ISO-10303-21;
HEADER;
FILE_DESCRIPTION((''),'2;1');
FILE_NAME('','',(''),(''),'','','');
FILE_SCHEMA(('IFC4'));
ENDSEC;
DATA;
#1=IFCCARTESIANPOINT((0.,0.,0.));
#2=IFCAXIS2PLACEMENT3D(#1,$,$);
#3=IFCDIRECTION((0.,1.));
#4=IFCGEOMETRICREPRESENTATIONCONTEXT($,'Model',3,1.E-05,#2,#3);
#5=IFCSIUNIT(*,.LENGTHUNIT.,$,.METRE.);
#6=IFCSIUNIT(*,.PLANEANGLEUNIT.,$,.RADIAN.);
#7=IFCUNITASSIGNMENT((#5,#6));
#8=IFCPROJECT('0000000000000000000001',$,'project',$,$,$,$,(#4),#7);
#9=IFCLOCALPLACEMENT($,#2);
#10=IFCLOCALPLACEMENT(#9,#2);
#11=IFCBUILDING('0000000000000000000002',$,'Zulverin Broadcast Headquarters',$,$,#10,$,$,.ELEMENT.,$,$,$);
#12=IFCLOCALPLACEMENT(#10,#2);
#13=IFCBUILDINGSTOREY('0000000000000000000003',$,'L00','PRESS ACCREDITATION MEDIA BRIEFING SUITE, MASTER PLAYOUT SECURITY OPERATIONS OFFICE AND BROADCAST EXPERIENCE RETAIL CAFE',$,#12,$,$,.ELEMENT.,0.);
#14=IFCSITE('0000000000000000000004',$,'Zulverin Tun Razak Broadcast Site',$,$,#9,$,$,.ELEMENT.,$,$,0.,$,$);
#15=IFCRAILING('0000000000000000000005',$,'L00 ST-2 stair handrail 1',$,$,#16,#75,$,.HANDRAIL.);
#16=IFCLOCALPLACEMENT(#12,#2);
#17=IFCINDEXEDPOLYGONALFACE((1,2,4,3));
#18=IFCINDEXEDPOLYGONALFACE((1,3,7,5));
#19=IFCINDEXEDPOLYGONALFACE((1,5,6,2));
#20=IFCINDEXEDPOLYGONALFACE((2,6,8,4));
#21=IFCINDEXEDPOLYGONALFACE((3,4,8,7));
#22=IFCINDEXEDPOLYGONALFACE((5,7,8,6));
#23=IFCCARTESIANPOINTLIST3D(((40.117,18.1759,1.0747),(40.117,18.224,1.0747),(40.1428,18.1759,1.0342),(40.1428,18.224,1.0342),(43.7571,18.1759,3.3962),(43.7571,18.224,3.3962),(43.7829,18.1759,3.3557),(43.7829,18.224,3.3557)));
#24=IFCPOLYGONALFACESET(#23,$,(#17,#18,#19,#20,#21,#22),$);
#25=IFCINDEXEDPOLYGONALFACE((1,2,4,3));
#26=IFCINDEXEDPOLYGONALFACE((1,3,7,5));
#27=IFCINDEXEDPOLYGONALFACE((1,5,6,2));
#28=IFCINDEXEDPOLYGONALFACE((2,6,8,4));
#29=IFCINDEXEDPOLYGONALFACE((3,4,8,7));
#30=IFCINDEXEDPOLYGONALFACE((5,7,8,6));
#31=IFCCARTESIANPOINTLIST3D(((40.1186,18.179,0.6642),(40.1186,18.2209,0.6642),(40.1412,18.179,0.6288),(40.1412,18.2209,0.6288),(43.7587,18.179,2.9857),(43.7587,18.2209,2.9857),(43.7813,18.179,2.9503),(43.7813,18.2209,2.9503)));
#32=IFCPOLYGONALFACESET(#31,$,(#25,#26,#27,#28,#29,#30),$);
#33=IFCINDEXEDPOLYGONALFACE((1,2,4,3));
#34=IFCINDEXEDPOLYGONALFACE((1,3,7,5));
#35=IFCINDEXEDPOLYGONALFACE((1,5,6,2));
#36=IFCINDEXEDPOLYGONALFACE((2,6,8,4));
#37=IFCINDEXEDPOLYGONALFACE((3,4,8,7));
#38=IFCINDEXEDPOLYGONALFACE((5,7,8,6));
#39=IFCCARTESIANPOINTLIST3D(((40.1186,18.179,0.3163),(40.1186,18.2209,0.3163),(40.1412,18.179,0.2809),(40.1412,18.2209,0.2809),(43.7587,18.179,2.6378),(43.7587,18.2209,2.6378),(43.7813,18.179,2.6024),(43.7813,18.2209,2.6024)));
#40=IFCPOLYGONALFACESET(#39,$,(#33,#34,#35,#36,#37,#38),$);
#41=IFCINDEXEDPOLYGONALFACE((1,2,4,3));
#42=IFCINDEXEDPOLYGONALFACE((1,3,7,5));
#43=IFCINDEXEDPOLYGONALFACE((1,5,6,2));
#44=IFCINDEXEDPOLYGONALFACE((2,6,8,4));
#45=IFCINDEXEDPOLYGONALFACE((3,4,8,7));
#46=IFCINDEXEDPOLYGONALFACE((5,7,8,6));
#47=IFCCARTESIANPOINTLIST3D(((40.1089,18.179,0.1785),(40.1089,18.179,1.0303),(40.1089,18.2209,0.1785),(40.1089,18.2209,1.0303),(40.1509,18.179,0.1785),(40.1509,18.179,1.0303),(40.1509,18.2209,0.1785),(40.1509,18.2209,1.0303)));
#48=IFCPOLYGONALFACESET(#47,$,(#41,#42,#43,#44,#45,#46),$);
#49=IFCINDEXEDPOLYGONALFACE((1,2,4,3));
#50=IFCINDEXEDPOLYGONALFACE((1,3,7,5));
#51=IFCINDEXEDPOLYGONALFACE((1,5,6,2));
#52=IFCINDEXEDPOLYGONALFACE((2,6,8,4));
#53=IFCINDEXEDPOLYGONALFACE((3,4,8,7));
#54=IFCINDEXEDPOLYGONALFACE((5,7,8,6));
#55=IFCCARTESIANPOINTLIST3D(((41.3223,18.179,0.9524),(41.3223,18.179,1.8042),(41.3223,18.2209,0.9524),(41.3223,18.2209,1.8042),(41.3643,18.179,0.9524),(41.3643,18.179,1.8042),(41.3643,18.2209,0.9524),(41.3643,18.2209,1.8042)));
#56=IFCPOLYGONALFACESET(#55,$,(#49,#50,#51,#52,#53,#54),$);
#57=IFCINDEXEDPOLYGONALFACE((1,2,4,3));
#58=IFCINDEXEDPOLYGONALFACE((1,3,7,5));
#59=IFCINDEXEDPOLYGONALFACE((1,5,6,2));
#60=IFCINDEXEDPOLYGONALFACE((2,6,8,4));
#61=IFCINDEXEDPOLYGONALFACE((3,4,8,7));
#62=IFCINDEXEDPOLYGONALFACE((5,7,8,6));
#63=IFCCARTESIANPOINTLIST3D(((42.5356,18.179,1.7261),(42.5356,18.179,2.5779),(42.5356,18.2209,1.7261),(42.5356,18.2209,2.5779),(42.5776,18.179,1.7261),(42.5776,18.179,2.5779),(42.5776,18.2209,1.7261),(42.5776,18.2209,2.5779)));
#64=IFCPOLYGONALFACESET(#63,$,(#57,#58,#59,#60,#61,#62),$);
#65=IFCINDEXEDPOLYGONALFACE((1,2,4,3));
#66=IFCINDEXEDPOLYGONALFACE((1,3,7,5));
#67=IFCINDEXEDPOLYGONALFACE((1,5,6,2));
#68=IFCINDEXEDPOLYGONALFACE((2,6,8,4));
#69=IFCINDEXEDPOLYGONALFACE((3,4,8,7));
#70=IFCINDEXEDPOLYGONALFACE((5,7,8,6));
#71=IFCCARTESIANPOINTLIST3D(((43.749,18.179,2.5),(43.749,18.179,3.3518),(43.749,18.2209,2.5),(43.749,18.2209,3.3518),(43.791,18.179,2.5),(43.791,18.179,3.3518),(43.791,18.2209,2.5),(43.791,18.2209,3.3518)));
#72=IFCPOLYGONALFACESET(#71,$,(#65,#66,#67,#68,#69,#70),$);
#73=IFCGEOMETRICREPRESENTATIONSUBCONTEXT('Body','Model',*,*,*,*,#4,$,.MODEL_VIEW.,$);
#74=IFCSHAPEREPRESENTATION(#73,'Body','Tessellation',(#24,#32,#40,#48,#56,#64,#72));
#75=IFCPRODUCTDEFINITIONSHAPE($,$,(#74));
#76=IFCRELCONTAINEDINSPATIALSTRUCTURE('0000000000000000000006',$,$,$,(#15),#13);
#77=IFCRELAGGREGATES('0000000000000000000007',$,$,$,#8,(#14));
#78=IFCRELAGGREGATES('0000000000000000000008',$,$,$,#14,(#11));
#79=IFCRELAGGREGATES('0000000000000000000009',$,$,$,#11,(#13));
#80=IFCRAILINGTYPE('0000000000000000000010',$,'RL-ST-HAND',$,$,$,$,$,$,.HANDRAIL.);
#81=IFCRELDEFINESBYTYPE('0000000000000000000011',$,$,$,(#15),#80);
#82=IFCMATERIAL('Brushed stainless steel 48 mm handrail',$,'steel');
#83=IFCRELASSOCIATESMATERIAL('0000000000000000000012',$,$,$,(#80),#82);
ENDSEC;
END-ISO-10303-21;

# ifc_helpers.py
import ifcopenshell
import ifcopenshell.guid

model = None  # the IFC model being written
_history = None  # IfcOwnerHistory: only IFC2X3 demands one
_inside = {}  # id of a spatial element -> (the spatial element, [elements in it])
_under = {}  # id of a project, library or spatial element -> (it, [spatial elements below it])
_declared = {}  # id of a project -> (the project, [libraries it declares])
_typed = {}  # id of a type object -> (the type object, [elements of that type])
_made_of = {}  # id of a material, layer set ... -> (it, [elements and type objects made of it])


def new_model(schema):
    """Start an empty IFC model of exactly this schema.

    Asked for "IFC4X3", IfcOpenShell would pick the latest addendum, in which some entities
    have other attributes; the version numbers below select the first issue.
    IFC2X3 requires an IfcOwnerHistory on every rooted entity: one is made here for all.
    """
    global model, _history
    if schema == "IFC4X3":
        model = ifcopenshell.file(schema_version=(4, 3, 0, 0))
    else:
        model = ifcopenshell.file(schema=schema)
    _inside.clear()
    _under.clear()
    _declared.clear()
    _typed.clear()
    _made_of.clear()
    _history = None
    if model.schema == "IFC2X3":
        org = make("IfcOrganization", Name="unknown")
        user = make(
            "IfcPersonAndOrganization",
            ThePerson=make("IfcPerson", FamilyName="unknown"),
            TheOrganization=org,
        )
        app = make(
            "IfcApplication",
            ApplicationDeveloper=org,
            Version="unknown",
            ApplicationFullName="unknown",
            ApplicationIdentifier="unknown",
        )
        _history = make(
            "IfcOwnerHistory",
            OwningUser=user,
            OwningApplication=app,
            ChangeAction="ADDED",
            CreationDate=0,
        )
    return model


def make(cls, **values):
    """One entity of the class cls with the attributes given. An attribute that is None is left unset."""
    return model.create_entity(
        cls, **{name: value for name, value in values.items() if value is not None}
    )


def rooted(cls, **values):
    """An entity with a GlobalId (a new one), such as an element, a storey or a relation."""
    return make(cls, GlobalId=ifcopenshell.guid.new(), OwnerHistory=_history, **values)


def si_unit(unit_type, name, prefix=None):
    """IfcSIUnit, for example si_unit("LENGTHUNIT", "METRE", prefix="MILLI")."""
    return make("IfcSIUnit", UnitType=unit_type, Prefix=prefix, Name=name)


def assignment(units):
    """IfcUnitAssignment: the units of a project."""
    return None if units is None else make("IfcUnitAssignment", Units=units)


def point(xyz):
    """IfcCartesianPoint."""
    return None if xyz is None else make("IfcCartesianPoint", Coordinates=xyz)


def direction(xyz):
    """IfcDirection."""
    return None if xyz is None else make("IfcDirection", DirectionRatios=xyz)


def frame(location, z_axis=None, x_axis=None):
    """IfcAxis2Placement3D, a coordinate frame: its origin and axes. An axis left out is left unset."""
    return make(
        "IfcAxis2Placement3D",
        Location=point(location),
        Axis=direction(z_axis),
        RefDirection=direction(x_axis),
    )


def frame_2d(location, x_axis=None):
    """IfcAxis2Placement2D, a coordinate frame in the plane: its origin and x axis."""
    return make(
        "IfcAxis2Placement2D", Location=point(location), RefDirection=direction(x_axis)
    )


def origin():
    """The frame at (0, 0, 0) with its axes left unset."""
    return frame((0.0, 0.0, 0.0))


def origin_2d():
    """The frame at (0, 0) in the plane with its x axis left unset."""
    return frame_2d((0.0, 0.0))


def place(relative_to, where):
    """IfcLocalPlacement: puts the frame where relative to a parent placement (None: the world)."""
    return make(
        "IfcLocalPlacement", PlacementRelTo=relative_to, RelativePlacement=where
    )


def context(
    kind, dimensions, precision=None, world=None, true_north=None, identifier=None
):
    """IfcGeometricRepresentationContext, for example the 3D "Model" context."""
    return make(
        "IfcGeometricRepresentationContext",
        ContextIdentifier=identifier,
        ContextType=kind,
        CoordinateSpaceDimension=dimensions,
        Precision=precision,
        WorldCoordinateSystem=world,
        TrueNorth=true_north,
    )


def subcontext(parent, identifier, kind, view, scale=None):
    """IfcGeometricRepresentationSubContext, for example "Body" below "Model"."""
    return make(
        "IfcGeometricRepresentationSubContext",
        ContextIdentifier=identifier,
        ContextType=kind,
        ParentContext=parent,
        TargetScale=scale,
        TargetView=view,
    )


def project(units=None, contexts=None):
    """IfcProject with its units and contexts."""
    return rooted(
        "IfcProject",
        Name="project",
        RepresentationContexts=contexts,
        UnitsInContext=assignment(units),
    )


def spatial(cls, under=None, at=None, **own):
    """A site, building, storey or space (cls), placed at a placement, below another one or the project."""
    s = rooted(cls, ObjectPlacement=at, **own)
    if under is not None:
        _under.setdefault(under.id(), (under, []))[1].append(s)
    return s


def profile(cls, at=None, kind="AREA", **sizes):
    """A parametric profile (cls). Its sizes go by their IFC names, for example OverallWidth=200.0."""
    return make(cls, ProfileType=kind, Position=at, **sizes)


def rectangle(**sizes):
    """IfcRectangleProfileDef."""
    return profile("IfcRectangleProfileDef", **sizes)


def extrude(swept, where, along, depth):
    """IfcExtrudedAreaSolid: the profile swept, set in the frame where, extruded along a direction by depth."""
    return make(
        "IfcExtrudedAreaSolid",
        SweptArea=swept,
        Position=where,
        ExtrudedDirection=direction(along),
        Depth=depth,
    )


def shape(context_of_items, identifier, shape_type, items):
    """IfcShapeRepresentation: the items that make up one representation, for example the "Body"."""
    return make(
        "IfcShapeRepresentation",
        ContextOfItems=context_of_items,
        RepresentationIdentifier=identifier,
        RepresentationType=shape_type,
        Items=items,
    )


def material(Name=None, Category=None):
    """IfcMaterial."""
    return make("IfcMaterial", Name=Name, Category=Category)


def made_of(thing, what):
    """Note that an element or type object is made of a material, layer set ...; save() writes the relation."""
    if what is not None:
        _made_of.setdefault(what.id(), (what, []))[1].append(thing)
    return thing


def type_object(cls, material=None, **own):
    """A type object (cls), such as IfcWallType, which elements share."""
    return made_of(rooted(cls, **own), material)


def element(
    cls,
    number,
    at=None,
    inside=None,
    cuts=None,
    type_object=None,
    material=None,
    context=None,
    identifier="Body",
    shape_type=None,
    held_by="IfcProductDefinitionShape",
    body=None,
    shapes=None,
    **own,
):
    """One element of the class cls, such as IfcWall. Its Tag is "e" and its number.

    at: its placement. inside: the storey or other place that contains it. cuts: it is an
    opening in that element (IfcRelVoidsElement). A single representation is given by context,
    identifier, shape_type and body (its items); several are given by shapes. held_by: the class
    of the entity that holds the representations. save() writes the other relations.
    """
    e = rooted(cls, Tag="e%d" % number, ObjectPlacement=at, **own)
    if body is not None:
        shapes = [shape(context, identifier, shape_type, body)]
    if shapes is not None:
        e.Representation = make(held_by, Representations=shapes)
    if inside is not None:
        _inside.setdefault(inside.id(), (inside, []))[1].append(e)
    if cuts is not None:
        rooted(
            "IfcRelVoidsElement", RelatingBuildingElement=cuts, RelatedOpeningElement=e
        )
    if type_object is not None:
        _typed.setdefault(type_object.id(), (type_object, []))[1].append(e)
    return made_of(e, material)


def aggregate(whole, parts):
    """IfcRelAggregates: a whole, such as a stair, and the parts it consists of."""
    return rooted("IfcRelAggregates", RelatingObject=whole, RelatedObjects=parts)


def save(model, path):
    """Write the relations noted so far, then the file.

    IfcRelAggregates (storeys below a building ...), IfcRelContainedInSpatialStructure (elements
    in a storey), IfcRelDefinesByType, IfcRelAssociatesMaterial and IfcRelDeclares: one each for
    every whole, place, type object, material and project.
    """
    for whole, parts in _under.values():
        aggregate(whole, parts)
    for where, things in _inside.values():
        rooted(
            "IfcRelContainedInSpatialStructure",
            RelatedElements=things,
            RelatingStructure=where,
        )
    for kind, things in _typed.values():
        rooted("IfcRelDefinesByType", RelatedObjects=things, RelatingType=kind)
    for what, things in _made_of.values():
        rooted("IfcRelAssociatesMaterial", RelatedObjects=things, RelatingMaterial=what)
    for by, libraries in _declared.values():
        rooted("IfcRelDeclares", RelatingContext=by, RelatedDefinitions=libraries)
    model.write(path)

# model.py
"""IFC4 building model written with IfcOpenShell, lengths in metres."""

from ifc_helpers import new_model, si_unit, direction, frame, origin, origin_2d, place, context, subcontext, project, spatial, rectangle, extrude, material, type_object, element, save


model = new_model("IFC4")

# Units and contexts
model_context = context("Model", 3, precision=1e-05, world=origin(), true_north=direction((0.0, 1.0)))
body_context = subcontext(model_context, "Body", "Model", "MODEL_VIEW")
ifc_project = project(units=[si_unit("LENGTHUNIT", "METRE"), si_unit("PLANEANGLEUNIT", "RADIAN")], contexts=[model_context])

# Site, building, storey
site_placement = place(None, origin())
site = spatial("IfcSite", under=ifc_project, at=site_placement, Name="Zulverin Tun Razak Broadcast Site", CompositionType="ELEMENT", RefElevation=0.0)
building_placement = place(site_placement, origin())
building = spatial("IfcBuilding", under=site, at=building_placement, Name="Zulverin Broadcast Headquarters", CompositionType="ELEMENT")
storey_placement = place(building_placement, origin())
storey = spatial("IfcBuildingStorey", under=building, at=storey_placement, Name="L00", Description="PRESS ACCREDITATION MEDIA BRIEFING SUITE, MASTER PLAYOUT SECURITY OPERATIONS OFFICE AND BROADCAST EXPERIENCE RETAIL CAFE", CompositionType="ELEMENT", Elevation=0.0)

# Railing
ifc_material_1 = material(Name="Brushed stainless steel 48 mm handrail", Category="steel")
railing_type = type_object("IfcRailingType", Name="RL-ST-HAND", PredefinedType="HANDRAIL", material=ifc_material_1)
railing_placement = place(storey_placement, frame((40.1299, 18.2, 0.1785)))
element("IfcRailing", 1, at=railing_placement, inside=storey, type_object=railing_type, Name="L00 ST-2 stair handrail 1", PredefinedType="HANDRAIL", context=body_context, shape_type="SweptSolid", body=[
    extrude(rectangle(XDim=0.0481, YDim=0.0481, at=origin_2d()), frame((0.0, 0.0, 0.876), z_axis=(0.843128, 0.0, 0.537713), x_axis=(0.0, 1.0, 0.0)), (0.0, 0.0, 1.0), 4.3174),
    extrude(rectangle(XDim=0.042, YDim=0.042, at=origin_2d()), frame((0.0, 0.0, 0.468), z_axis=(0.843128, 0.0, 0.537713), x_axis=(0.0, 1.0, 0.0)), (0.0, 0.0, 1.0), 4.3174),
    extrude(rectangle(XDim=0.042, YDim=0.042, at=origin_2d()), frame((0.0, 0.0, 0.1201), z_axis=(0.843128, 0.0, 0.537713), x_axis=(0.0, 1.0, 0.0)), (0.0, 0.0, 1.0), 4.3174),
    extrude(rectangle(XDim=0.042, YDim=0.042, at=origin_2d()), origin(), (0.0, 0.0, 1.0), 0.8518),
    extrude(rectangle(XDim=0.042, YDim=0.042, at=origin_2d()), frame((1.2134, 0.0, 0.7739)), (0.0, 0.0, 1.0), 0.8518),
    extrude(rectangle(XDim=0.042, YDim=0.042, at=origin_2d()), frame((2.4268, 0.0, 1.5476)), (0.0, 0.0, 1.0), 0.8518),
    extrude(rectangle(XDim=0.042, YDim=0.042, at=origin_2d()), frame((3.6401, 0.0, 2.3215)), (0.0, 0.0, 1.0), 0.8518),
])

save(model, "model.ifc")
